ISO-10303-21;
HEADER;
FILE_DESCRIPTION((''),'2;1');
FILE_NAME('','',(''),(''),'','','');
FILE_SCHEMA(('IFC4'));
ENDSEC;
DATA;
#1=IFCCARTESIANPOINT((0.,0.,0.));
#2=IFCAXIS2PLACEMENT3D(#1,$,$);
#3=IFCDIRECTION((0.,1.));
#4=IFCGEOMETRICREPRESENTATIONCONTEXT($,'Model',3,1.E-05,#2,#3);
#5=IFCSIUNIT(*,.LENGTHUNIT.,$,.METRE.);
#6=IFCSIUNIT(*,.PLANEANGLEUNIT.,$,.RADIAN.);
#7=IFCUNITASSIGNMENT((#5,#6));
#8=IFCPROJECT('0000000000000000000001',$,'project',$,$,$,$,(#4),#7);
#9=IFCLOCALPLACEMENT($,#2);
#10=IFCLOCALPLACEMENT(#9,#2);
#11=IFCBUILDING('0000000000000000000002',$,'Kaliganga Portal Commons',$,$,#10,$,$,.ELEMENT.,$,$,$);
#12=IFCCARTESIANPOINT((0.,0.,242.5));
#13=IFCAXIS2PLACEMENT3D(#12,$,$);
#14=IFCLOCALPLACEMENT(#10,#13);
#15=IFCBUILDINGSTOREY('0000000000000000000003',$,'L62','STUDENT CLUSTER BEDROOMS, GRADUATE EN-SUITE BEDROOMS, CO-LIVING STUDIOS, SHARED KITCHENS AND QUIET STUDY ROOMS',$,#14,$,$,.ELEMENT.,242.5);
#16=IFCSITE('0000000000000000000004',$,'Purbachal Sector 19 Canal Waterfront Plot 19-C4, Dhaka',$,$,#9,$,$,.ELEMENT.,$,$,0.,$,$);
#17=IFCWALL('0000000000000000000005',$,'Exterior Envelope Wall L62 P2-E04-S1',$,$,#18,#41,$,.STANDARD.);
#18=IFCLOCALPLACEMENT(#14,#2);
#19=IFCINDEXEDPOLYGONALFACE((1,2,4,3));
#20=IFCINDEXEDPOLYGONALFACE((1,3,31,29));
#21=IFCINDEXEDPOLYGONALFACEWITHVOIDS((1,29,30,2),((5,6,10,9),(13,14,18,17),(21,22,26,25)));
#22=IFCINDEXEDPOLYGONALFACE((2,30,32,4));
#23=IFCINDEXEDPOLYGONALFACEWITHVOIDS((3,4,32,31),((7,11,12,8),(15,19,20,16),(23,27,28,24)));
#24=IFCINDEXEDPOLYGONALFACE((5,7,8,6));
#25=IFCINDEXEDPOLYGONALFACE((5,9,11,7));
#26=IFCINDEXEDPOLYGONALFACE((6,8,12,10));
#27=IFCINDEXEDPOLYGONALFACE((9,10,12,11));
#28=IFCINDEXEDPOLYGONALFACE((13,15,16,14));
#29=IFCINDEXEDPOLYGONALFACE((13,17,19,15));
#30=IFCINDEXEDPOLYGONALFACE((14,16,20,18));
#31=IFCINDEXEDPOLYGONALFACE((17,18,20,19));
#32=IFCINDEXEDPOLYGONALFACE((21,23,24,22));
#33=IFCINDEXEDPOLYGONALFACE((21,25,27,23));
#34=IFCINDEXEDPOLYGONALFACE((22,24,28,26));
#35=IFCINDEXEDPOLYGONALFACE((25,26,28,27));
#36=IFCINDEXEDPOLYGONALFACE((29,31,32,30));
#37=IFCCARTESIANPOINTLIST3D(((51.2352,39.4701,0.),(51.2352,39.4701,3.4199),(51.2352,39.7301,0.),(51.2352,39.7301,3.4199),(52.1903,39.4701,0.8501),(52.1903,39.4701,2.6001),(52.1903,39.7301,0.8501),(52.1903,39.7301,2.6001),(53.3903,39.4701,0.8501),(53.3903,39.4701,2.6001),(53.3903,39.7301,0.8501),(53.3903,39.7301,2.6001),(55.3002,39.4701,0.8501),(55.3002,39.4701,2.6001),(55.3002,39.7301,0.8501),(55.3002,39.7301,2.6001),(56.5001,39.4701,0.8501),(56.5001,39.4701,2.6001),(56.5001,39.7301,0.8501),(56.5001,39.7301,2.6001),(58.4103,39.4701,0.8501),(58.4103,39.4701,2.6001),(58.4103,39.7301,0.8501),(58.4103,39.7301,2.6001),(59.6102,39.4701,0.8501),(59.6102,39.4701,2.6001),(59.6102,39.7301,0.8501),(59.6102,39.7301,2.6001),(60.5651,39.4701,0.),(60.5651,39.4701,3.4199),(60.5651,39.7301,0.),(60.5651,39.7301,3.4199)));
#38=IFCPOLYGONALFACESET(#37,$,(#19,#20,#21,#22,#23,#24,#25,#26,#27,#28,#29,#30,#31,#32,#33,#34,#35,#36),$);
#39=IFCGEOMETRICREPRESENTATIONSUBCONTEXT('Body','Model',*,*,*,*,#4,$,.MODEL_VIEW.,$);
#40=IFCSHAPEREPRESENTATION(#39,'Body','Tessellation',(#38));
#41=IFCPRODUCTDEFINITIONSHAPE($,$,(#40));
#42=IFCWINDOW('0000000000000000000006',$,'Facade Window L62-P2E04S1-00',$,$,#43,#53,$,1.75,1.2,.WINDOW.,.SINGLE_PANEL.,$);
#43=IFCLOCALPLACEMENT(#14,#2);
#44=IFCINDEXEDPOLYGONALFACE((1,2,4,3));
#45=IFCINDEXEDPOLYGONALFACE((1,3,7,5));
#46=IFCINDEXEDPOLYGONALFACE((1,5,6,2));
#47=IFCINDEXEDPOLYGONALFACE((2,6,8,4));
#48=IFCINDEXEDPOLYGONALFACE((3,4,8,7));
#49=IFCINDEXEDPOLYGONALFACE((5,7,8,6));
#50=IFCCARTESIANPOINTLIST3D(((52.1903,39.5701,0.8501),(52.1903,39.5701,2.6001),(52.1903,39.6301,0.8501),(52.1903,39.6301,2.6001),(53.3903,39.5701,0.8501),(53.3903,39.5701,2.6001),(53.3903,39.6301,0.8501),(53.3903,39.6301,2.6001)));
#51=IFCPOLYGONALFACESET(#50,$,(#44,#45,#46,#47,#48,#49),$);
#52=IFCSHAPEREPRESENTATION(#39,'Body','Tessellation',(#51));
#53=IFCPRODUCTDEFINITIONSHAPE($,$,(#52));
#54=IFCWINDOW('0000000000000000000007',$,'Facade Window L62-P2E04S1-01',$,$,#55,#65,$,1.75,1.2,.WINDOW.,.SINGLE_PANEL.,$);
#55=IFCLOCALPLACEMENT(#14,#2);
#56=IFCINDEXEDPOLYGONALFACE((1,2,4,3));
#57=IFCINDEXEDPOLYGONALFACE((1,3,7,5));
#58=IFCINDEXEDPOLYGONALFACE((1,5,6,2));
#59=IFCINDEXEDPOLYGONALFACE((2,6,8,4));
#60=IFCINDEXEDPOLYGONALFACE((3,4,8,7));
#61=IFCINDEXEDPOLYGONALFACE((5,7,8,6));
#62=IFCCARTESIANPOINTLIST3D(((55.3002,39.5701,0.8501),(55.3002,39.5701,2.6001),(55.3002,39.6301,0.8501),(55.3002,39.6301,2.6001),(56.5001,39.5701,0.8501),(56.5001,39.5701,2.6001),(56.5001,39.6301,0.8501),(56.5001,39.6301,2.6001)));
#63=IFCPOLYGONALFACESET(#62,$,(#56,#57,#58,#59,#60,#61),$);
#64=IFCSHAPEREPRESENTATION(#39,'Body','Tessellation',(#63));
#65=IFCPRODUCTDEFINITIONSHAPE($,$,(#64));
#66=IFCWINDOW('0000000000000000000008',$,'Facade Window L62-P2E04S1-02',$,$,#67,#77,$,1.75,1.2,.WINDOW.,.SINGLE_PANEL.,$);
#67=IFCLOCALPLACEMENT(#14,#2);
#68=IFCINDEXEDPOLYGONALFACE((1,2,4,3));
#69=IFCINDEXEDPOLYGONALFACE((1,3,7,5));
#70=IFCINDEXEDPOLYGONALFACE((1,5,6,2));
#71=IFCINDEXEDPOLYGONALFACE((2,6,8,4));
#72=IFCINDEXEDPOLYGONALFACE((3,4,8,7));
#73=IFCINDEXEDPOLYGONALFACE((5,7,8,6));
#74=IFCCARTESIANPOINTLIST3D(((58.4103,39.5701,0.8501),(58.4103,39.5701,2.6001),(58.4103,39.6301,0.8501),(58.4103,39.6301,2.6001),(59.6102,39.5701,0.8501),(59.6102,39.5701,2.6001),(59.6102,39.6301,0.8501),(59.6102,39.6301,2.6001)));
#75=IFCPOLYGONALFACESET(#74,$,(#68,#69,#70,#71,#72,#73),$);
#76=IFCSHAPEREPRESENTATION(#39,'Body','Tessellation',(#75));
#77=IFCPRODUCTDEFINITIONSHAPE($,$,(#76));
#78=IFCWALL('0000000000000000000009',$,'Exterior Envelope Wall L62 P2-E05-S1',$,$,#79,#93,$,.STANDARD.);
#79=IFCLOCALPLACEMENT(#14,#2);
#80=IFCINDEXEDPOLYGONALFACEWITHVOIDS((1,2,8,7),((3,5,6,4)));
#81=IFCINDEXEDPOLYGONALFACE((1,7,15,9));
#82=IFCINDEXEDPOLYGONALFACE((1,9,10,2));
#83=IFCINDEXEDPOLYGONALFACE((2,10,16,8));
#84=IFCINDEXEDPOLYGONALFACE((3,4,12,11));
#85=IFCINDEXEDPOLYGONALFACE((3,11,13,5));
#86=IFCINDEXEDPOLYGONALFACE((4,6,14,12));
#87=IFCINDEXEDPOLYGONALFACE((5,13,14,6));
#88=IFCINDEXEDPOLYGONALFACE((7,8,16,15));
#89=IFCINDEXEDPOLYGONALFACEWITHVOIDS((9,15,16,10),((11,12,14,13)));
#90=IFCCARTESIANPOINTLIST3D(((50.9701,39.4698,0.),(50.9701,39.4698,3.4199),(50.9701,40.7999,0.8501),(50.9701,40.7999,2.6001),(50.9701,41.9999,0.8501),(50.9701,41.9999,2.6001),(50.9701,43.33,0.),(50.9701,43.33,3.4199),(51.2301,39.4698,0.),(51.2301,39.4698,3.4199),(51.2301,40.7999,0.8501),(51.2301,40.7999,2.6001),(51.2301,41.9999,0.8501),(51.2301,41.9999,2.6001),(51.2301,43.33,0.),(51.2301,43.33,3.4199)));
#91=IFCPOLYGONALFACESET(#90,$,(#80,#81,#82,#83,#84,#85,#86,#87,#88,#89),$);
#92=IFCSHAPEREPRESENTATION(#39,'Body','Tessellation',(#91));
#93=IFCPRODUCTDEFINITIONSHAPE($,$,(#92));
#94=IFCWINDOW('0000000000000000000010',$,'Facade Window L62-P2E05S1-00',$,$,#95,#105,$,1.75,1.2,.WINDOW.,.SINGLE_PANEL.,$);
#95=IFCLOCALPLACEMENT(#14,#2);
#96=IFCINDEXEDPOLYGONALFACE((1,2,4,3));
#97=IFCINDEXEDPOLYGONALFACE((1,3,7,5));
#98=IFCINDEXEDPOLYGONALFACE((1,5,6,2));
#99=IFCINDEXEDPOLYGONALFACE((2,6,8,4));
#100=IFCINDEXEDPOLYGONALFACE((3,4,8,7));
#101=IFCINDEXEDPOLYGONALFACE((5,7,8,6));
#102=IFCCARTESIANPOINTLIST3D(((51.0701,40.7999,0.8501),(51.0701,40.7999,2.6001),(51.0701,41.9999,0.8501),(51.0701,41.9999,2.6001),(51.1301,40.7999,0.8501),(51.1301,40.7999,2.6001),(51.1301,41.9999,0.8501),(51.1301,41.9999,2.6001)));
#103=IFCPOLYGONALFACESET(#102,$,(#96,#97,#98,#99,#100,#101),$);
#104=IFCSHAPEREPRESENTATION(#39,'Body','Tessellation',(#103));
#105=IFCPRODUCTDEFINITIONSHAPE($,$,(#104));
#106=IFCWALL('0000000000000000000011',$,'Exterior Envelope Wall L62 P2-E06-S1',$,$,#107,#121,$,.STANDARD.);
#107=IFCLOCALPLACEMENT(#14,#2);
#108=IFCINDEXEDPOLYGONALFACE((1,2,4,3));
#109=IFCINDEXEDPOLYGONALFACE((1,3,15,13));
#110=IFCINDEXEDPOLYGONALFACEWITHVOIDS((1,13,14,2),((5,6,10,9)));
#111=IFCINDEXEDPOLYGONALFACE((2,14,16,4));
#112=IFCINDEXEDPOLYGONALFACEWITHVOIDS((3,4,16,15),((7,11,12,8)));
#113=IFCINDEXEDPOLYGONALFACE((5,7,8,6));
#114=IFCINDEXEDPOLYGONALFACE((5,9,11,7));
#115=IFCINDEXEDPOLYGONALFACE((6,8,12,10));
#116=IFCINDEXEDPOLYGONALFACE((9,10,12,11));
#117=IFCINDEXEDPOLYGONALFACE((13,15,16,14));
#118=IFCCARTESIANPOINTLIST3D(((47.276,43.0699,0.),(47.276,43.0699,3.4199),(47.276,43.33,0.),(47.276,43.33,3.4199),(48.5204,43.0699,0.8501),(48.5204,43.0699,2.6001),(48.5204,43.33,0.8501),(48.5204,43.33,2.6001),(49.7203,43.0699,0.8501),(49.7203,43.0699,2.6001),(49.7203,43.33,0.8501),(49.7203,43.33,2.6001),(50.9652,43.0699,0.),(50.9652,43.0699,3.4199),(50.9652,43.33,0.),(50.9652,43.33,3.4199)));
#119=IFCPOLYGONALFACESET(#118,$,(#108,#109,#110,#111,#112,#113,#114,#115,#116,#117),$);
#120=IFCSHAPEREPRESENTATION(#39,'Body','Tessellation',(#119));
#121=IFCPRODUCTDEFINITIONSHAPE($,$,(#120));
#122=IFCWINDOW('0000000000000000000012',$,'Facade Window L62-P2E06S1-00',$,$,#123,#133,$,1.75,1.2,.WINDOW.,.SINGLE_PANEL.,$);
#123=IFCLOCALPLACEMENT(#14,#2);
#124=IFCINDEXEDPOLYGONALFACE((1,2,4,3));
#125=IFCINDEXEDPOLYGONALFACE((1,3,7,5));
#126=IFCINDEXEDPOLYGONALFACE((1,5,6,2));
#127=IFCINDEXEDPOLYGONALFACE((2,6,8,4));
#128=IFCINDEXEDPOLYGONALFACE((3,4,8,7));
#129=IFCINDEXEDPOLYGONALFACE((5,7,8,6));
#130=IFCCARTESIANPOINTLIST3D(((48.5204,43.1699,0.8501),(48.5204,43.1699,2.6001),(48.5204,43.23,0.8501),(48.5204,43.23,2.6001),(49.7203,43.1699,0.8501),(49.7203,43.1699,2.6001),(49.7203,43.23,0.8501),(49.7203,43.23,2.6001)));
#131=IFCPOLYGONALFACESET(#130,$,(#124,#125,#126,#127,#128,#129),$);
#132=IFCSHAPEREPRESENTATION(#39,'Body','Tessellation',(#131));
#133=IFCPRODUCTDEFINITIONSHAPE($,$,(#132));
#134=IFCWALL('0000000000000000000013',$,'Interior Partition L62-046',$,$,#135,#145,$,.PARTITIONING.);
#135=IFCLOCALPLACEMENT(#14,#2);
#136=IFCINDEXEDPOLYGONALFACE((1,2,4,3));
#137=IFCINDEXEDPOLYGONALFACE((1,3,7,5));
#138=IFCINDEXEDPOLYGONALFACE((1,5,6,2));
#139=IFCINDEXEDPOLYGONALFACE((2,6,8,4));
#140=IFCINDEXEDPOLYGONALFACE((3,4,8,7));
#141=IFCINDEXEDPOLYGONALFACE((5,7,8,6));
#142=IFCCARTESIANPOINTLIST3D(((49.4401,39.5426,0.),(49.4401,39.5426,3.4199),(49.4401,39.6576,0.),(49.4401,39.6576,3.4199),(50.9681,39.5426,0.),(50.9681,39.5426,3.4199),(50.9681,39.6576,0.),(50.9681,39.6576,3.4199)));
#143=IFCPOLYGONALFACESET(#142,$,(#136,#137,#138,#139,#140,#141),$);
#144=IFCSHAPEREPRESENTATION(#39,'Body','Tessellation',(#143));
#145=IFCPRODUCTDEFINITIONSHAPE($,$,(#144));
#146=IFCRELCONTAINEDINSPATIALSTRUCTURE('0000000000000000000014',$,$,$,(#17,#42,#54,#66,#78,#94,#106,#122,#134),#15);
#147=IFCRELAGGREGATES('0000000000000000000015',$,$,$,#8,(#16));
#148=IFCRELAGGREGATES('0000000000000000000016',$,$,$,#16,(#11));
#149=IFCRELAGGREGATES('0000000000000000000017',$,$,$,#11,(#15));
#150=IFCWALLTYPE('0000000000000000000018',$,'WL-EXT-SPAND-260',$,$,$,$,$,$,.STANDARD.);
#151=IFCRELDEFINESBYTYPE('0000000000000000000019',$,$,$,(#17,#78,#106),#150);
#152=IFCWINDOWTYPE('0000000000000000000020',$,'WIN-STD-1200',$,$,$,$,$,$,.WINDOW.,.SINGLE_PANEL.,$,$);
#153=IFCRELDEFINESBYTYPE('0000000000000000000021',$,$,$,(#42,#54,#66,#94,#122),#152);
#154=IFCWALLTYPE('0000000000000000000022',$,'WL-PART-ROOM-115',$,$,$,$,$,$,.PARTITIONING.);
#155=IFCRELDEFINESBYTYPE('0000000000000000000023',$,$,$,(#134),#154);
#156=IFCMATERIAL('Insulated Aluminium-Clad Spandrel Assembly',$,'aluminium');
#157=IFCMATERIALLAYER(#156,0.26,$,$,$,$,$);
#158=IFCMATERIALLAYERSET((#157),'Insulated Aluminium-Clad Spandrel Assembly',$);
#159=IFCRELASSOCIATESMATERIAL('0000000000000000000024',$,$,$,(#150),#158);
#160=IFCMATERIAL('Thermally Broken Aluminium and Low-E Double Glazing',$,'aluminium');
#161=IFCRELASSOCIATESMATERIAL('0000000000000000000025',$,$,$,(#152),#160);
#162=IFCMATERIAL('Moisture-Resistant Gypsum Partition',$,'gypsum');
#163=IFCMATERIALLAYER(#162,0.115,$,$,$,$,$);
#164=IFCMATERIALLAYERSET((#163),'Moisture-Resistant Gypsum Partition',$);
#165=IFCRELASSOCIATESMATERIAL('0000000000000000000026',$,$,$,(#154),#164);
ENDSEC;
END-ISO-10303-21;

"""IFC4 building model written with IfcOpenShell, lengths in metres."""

from ifc_helpers import new_model, si_unit, direction, frame, frame_2d, origin, place, context, subcontext, project, spatial, rectangle, extrude, material, layer, layer_set, type_object, element, fill, save


model = new_model("IFC4")

# Units and contexts
model_context = context("Model", 3, precision=1e-05, world=origin(), true_north=direction((0.0, 1.0)))
body_context = subcontext(model_context, "Body", "Model", "MODEL_VIEW")
ifc_project = project(units=[si_unit("LENGTHUNIT", "METRE"), si_unit("PLANEANGLEUNIT", "RADIAN")], contexts=[model_context])

# Site, building, storey
site_placement = place(None, origin())
site = spatial("IfcSite", under=ifc_project, at=site_placement, Name="Purbachal Sector 19 Canal Waterfront Plot 19-C4, Dhaka", CompositionType="ELEMENT", RefElevation=0.0)
building_placement = place(site_placement, origin())
building = spatial("IfcBuilding", under=site, at=building_placement, Name="Kaliganga Portal Commons", CompositionType="ELEMENT")
storey_placement = place(building_placement, frame((0.0, 0.0, 242.5)))
storey = spatial("IfcBuildingStorey", under=building, at=storey_placement, Name="L62", Description="STUDENT CLUSTER BEDROOMS, GRADUATE EN-SUITE BEDROOMS, CO-LIVING STUDIOS, SHARED KITCHENS AND QUIET STUDY ROOMS", CompositionType="ELEMENT", Elevation=242.5)

# Shared definitions
ifc_material_1 = material(Name="Insulated Aluminium-Clad Spandrel Assembly", Category="aluminium")
ifc_layer_1 = layer(ifc_material_1, 0.26)
ifc_layer_set_1 = layer_set([ifc_layer_1], Name="Insulated Aluminium-Clad Spandrel Assembly")
wall_type_1 = type_object("IfcWallType", Name="WL-EXT-SPAND-260", PredefinedType="STANDARD", material=ifc_layer_set_1)
ifc_material_2 = material(Name="Thermally Broken Aluminium and Low-E Double Glazing", Category="aluminium")
window_type = type_object("IfcWindowType", Name="WIN-STD-1200", PartitioningType="SINGLE_PANEL", PredefinedType="WINDOW", material=ifc_material_2)

# Wall, openings, windows
wall_1_placement = place(storey_placement, frame((51.2351, 39.6001, 0.0), z_axis=(0.0, 0.0, 1.0), x_axis=(1.0, 0.0, 0.0)))
wall_1 = element("IfcWall", 1, at=wall_1_placement, inside=storey, type_object=wall_type_1, Name="Exterior Envelope Wall L62 P2-E04-S1", PredefinedType="STANDARD", context=body_context, shape_type="SweptSolid", body=[
    extrude(rectangle(XDim=9.3298, YDim=0.26, at=frame_2d((4.665, 0.0))), origin(), (0.0, 0.0, 1.0), 3.4199),
])
opening_1_placement = place(wall_1_placement, frame((0.9551, 0.0, 0.8501)))
opening_1 = element("IfcOpeningElement", 2, at=opening_1_placement, cuts=wall_1, PredefinedType="OPENING", context=body_context, shape_type="SweptSolid", body=[
    extrude(rectangle(XDim=1.2, YDim=1.75, at=frame_2d((0.6001, 0.875))), frame((0.0, 0.1401, 0.0), z_axis=(0.0, -1.0, 0.0), x_axis=(1.0, 0.0, 0.0)), (0.0, 0.0, 1.0), 0.28),
])
opening_2_placement = place(wall_1_placement, frame((4.0649, 0.0, 0.8501)))
opening_2 = element("IfcOpeningElement", 3, at=opening_2_placement, cuts=wall_1, PredefinedType="OPENING", context=body_context, shape_type="SweptSolid", body=[
    extrude(rectangle(XDim=1.2, YDim=1.75, at=frame_2d((0.6001, 0.875))), frame((0.0, 0.1401, 0.0), z_axis=(0.0, -1.0, 0.0), x_axis=(1.0, 0.0, 0.0)), (0.0, 0.0, 1.0), 0.28),
])
opening_3_placement = place(wall_1_placement, frame((7.175, 0.0, 0.8501)))
opening_3 = element("IfcOpeningElement", 4, at=opening_3_placement, cuts=wall_1, PredefinedType="OPENING", context=body_context, shape_type="SweptSolid", body=[
    extrude(rectangle(XDim=1.2, YDim=1.75, at=frame_2d((0.6001, 0.875))), frame((0.0, 0.1401, 0.0), z_axis=(0.0, -1.0, 0.0), x_axis=(1.0, 0.0, 0.0)), (0.0, 0.0, 1.0), 0.28),
])
window_1_placement = place(opening_1_placement, origin())
window_1 = element("IfcWindow", 5, at=window_1_placement, inside=storey, type_object=window_type, Name="Facade Window L62-P2E04S1-00", OverallHeight=1.75, OverallWidth=1.2, PartitioningType="SINGLE_PANEL", PredefinedType="WINDOW", context=body_context, shape_type="SweptSolid", body=[
    extrude(rectangle(XDim=1.2, YDim=1.75, at=frame_2d((0.6001, 0.875))), frame((0.0, 0.03, 0.0), z_axis=(0.0, -1.0, 0.0), x_axis=(1.0, 0.0, 0.0)), (0.0, 0.0, 1.0), 0.0601),
])
fill(opening_1, window_1)
window_2_placement = place(opening_2_placement, origin())
window_2 = element("IfcWindow", 6, at=window_2_placement, inside=storey, type_object=window_type, Name="Facade Window L62-P2E04S1-01", OverallHeight=1.75, OverallWidth=1.2, PartitioningType="SINGLE_PANEL", PredefinedType="WINDOW", context=body_context, shape_type="SweptSolid", body=[
    extrude(rectangle(XDim=1.2, YDim=1.75, at=frame_2d((0.6001, 0.875))), frame((0.0, 0.03, 0.0), z_axis=(0.0, -1.0, 0.0), x_axis=(1.0, 0.0, 0.0)), (0.0, 0.0, 1.0), 0.0601),
])
fill(opening_2, window_2)
window_3_placement = place(opening_3_placement, origin())
window_3 = element("IfcWindow", 7, at=window_3_placement, inside=storey, type_object=window_type, Name="Facade Window L62-P2E04S1-02", OverallHeight=1.75, OverallWidth=1.2, PartitioningType="SINGLE_PANEL", PredefinedType="WINDOW", context=body_context, shape_type="SweptSolid", body=[
    extrude(rectangle(XDim=1.2, YDim=1.75, at=frame_2d((0.6001, 0.875))), frame((0.0, 0.03, 0.0), z_axis=(0.0, -1.0, 0.0), x_axis=(1.0, 0.0, 0.0)), (0.0, 0.0, 1.0), 0.0601),
])
fill(opening_3, window_3)

# Walls, openings, windows
wall_2_placement = place(storey_placement, frame((51.1001, 43.3301, 0.0), z_axis=(0.0, 0.0, 1.0), x_axis=(0.0, -1.0, 0.0)))
wall_2 = element("IfcWall", 8, at=wall_2_placement, inside=storey, type_object=wall_type_1, Name="Exterior Envelope Wall L62 P2-E05-S1", PredefinedType="STANDARD", context=body_context, shape_type="SweptSolid", body=[
    extrude(rectangle(XDim=3.8601, YDim=0.26, at=frame_2d((1.9302, 0.0))), origin(), (0.0, 0.0, 1.0), 3.4199),
])
opening_4_placement = place(wall_2_placement, frame((1.3301, 0.0, 0.8501)))
opening_4 = element("IfcOpeningElement", 9, at=opening_4_placement, cuts=wall_2, PredefinedType="OPENING", context=body_context, shape_type="SweptSolid", body=[
    extrude(rectangle(XDim=1.2, YDim=1.75, at=frame_2d((0.6001, 0.875))), frame((0.0, 0.1401, 0.0), z_axis=(0.0, -1.0, 0.0), x_axis=(1.0, 0.0, 0.0)), (0.0, 0.0, 1.0), 0.28),
])
window_4_placement = place(opening_4_placement, origin())
window_4 = element("IfcWindow", 10, at=window_4_placement, inside=storey, type_object=window_type, Name="Facade Window L62-P2E05S1-00", OverallHeight=1.75, OverallWidth=1.2, PartitioningType="SINGLE_PANEL", PredefinedType="WINDOW", context=body_context, shape_type="SweptSolid", body=[
    extrude(rectangle(XDim=1.2, YDim=1.75, at=frame_2d((0.6001, 0.875))), frame((0.0, 0.03, 0.0), z_axis=(0.0, -1.0, 0.0), x_axis=(1.0, 0.0, 0.0)), (0.0, 0.0, 1.0), 0.0601),
])
fill(opening_4, window_4)
wall_3_placement = place(storey_placement, frame((47.2759, 43.2, 0.0), z_axis=(0.0, 0.0, 1.0), x_axis=(1.0, 0.0, 0.0)))
wall_3 = element("IfcWall", 11, at=wall_3_placement, inside=storey, type_object=wall_type_1, Name="Exterior Envelope Wall L62 P2-E06-S1", PredefinedType="STANDARD", context=body_context, shape_type="SweptSolid", body=[
    extrude(rectangle(XDim=3.6892, YDim=0.26, at=frame_2d((1.8447, 0.0))), origin(), (0.0, 0.0, 1.0), 3.4199),
])
opening_5_placement = place(wall_3_placement, frame((1.2444, 0.0, 0.8501)))
opening_5 = element("IfcOpeningElement", 12, at=opening_5_placement, cuts=wall_3, PredefinedType="OPENING", context=body_context, shape_type="SweptSolid", body=[
    extrude(rectangle(XDim=1.2, YDim=1.75, at=frame_2d((0.6001, 0.875))), frame((0.0, 0.1401, 0.0), z_axis=(0.0, -1.0, 0.0), x_axis=(1.0, 0.0, 0.0)), (0.0, 0.0, 1.0), 0.28),
])
window_5_placement = place(opening_5_placement, origin())
window_5 = element("IfcWindow", 13, at=window_5_placement, inside=storey, type_object=window_type, Name="Facade Window L62-P2E06S1-00", OverallHeight=1.75, OverallWidth=1.2, PartitioningType="SINGLE_PANEL", PredefinedType="WINDOW", context=body_context, shape_type="SweptSolid", body=[
    extrude(rectangle(XDim=1.2, YDim=1.75, at=frame_2d((0.6001, 0.875))), frame((0.0, 0.03, 0.0), z_axis=(0.0, -1.0, 0.0), x_axis=(1.0, 0.0, 0.0)), (0.0, 0.0, 1.0), 0.0601),
])
fill(opening_5, window_5)

# Wall
ifc_material_3 = material(Name="Moisture-Resistant Gypsum Partition", Category="gypsum")
ifc_layer_2 = layer(ifc_material_3, 0.115)
ifc_layer_set_2 = layer_set([ifc_layer_2], Name="Moisture-Resistant Gypsum Partition")
wall_type_2 = type_object("IfcWallType", Name="WL-PART-ROOM-115", PredefinedType="PARTITIONING", material=ifc_layer_set_2)
wall_4_placement = place(storey_placement, frame((49.4399, 39.6001, 0.0), z_axis=(0.0, 0.0, 1.0), x_axis=(1.0, 0.0, 0.0)))
element("IfcWall", 14, at=wall_4_placement, inside=storey, type_object=wall_type_2, Name="Interior Partition L62-046", PredefinedType="PARTITIONING", context=body_context, shape_type="SweptSolid", body=[
    extrude(rectangle(XDim=1.5281, YDim=0.115, at=frame_2d((0.7642, 0.0))), origin(), (0.0, 0.0, 1.0), 3.4199),
])

save(model, "model.ifc")
